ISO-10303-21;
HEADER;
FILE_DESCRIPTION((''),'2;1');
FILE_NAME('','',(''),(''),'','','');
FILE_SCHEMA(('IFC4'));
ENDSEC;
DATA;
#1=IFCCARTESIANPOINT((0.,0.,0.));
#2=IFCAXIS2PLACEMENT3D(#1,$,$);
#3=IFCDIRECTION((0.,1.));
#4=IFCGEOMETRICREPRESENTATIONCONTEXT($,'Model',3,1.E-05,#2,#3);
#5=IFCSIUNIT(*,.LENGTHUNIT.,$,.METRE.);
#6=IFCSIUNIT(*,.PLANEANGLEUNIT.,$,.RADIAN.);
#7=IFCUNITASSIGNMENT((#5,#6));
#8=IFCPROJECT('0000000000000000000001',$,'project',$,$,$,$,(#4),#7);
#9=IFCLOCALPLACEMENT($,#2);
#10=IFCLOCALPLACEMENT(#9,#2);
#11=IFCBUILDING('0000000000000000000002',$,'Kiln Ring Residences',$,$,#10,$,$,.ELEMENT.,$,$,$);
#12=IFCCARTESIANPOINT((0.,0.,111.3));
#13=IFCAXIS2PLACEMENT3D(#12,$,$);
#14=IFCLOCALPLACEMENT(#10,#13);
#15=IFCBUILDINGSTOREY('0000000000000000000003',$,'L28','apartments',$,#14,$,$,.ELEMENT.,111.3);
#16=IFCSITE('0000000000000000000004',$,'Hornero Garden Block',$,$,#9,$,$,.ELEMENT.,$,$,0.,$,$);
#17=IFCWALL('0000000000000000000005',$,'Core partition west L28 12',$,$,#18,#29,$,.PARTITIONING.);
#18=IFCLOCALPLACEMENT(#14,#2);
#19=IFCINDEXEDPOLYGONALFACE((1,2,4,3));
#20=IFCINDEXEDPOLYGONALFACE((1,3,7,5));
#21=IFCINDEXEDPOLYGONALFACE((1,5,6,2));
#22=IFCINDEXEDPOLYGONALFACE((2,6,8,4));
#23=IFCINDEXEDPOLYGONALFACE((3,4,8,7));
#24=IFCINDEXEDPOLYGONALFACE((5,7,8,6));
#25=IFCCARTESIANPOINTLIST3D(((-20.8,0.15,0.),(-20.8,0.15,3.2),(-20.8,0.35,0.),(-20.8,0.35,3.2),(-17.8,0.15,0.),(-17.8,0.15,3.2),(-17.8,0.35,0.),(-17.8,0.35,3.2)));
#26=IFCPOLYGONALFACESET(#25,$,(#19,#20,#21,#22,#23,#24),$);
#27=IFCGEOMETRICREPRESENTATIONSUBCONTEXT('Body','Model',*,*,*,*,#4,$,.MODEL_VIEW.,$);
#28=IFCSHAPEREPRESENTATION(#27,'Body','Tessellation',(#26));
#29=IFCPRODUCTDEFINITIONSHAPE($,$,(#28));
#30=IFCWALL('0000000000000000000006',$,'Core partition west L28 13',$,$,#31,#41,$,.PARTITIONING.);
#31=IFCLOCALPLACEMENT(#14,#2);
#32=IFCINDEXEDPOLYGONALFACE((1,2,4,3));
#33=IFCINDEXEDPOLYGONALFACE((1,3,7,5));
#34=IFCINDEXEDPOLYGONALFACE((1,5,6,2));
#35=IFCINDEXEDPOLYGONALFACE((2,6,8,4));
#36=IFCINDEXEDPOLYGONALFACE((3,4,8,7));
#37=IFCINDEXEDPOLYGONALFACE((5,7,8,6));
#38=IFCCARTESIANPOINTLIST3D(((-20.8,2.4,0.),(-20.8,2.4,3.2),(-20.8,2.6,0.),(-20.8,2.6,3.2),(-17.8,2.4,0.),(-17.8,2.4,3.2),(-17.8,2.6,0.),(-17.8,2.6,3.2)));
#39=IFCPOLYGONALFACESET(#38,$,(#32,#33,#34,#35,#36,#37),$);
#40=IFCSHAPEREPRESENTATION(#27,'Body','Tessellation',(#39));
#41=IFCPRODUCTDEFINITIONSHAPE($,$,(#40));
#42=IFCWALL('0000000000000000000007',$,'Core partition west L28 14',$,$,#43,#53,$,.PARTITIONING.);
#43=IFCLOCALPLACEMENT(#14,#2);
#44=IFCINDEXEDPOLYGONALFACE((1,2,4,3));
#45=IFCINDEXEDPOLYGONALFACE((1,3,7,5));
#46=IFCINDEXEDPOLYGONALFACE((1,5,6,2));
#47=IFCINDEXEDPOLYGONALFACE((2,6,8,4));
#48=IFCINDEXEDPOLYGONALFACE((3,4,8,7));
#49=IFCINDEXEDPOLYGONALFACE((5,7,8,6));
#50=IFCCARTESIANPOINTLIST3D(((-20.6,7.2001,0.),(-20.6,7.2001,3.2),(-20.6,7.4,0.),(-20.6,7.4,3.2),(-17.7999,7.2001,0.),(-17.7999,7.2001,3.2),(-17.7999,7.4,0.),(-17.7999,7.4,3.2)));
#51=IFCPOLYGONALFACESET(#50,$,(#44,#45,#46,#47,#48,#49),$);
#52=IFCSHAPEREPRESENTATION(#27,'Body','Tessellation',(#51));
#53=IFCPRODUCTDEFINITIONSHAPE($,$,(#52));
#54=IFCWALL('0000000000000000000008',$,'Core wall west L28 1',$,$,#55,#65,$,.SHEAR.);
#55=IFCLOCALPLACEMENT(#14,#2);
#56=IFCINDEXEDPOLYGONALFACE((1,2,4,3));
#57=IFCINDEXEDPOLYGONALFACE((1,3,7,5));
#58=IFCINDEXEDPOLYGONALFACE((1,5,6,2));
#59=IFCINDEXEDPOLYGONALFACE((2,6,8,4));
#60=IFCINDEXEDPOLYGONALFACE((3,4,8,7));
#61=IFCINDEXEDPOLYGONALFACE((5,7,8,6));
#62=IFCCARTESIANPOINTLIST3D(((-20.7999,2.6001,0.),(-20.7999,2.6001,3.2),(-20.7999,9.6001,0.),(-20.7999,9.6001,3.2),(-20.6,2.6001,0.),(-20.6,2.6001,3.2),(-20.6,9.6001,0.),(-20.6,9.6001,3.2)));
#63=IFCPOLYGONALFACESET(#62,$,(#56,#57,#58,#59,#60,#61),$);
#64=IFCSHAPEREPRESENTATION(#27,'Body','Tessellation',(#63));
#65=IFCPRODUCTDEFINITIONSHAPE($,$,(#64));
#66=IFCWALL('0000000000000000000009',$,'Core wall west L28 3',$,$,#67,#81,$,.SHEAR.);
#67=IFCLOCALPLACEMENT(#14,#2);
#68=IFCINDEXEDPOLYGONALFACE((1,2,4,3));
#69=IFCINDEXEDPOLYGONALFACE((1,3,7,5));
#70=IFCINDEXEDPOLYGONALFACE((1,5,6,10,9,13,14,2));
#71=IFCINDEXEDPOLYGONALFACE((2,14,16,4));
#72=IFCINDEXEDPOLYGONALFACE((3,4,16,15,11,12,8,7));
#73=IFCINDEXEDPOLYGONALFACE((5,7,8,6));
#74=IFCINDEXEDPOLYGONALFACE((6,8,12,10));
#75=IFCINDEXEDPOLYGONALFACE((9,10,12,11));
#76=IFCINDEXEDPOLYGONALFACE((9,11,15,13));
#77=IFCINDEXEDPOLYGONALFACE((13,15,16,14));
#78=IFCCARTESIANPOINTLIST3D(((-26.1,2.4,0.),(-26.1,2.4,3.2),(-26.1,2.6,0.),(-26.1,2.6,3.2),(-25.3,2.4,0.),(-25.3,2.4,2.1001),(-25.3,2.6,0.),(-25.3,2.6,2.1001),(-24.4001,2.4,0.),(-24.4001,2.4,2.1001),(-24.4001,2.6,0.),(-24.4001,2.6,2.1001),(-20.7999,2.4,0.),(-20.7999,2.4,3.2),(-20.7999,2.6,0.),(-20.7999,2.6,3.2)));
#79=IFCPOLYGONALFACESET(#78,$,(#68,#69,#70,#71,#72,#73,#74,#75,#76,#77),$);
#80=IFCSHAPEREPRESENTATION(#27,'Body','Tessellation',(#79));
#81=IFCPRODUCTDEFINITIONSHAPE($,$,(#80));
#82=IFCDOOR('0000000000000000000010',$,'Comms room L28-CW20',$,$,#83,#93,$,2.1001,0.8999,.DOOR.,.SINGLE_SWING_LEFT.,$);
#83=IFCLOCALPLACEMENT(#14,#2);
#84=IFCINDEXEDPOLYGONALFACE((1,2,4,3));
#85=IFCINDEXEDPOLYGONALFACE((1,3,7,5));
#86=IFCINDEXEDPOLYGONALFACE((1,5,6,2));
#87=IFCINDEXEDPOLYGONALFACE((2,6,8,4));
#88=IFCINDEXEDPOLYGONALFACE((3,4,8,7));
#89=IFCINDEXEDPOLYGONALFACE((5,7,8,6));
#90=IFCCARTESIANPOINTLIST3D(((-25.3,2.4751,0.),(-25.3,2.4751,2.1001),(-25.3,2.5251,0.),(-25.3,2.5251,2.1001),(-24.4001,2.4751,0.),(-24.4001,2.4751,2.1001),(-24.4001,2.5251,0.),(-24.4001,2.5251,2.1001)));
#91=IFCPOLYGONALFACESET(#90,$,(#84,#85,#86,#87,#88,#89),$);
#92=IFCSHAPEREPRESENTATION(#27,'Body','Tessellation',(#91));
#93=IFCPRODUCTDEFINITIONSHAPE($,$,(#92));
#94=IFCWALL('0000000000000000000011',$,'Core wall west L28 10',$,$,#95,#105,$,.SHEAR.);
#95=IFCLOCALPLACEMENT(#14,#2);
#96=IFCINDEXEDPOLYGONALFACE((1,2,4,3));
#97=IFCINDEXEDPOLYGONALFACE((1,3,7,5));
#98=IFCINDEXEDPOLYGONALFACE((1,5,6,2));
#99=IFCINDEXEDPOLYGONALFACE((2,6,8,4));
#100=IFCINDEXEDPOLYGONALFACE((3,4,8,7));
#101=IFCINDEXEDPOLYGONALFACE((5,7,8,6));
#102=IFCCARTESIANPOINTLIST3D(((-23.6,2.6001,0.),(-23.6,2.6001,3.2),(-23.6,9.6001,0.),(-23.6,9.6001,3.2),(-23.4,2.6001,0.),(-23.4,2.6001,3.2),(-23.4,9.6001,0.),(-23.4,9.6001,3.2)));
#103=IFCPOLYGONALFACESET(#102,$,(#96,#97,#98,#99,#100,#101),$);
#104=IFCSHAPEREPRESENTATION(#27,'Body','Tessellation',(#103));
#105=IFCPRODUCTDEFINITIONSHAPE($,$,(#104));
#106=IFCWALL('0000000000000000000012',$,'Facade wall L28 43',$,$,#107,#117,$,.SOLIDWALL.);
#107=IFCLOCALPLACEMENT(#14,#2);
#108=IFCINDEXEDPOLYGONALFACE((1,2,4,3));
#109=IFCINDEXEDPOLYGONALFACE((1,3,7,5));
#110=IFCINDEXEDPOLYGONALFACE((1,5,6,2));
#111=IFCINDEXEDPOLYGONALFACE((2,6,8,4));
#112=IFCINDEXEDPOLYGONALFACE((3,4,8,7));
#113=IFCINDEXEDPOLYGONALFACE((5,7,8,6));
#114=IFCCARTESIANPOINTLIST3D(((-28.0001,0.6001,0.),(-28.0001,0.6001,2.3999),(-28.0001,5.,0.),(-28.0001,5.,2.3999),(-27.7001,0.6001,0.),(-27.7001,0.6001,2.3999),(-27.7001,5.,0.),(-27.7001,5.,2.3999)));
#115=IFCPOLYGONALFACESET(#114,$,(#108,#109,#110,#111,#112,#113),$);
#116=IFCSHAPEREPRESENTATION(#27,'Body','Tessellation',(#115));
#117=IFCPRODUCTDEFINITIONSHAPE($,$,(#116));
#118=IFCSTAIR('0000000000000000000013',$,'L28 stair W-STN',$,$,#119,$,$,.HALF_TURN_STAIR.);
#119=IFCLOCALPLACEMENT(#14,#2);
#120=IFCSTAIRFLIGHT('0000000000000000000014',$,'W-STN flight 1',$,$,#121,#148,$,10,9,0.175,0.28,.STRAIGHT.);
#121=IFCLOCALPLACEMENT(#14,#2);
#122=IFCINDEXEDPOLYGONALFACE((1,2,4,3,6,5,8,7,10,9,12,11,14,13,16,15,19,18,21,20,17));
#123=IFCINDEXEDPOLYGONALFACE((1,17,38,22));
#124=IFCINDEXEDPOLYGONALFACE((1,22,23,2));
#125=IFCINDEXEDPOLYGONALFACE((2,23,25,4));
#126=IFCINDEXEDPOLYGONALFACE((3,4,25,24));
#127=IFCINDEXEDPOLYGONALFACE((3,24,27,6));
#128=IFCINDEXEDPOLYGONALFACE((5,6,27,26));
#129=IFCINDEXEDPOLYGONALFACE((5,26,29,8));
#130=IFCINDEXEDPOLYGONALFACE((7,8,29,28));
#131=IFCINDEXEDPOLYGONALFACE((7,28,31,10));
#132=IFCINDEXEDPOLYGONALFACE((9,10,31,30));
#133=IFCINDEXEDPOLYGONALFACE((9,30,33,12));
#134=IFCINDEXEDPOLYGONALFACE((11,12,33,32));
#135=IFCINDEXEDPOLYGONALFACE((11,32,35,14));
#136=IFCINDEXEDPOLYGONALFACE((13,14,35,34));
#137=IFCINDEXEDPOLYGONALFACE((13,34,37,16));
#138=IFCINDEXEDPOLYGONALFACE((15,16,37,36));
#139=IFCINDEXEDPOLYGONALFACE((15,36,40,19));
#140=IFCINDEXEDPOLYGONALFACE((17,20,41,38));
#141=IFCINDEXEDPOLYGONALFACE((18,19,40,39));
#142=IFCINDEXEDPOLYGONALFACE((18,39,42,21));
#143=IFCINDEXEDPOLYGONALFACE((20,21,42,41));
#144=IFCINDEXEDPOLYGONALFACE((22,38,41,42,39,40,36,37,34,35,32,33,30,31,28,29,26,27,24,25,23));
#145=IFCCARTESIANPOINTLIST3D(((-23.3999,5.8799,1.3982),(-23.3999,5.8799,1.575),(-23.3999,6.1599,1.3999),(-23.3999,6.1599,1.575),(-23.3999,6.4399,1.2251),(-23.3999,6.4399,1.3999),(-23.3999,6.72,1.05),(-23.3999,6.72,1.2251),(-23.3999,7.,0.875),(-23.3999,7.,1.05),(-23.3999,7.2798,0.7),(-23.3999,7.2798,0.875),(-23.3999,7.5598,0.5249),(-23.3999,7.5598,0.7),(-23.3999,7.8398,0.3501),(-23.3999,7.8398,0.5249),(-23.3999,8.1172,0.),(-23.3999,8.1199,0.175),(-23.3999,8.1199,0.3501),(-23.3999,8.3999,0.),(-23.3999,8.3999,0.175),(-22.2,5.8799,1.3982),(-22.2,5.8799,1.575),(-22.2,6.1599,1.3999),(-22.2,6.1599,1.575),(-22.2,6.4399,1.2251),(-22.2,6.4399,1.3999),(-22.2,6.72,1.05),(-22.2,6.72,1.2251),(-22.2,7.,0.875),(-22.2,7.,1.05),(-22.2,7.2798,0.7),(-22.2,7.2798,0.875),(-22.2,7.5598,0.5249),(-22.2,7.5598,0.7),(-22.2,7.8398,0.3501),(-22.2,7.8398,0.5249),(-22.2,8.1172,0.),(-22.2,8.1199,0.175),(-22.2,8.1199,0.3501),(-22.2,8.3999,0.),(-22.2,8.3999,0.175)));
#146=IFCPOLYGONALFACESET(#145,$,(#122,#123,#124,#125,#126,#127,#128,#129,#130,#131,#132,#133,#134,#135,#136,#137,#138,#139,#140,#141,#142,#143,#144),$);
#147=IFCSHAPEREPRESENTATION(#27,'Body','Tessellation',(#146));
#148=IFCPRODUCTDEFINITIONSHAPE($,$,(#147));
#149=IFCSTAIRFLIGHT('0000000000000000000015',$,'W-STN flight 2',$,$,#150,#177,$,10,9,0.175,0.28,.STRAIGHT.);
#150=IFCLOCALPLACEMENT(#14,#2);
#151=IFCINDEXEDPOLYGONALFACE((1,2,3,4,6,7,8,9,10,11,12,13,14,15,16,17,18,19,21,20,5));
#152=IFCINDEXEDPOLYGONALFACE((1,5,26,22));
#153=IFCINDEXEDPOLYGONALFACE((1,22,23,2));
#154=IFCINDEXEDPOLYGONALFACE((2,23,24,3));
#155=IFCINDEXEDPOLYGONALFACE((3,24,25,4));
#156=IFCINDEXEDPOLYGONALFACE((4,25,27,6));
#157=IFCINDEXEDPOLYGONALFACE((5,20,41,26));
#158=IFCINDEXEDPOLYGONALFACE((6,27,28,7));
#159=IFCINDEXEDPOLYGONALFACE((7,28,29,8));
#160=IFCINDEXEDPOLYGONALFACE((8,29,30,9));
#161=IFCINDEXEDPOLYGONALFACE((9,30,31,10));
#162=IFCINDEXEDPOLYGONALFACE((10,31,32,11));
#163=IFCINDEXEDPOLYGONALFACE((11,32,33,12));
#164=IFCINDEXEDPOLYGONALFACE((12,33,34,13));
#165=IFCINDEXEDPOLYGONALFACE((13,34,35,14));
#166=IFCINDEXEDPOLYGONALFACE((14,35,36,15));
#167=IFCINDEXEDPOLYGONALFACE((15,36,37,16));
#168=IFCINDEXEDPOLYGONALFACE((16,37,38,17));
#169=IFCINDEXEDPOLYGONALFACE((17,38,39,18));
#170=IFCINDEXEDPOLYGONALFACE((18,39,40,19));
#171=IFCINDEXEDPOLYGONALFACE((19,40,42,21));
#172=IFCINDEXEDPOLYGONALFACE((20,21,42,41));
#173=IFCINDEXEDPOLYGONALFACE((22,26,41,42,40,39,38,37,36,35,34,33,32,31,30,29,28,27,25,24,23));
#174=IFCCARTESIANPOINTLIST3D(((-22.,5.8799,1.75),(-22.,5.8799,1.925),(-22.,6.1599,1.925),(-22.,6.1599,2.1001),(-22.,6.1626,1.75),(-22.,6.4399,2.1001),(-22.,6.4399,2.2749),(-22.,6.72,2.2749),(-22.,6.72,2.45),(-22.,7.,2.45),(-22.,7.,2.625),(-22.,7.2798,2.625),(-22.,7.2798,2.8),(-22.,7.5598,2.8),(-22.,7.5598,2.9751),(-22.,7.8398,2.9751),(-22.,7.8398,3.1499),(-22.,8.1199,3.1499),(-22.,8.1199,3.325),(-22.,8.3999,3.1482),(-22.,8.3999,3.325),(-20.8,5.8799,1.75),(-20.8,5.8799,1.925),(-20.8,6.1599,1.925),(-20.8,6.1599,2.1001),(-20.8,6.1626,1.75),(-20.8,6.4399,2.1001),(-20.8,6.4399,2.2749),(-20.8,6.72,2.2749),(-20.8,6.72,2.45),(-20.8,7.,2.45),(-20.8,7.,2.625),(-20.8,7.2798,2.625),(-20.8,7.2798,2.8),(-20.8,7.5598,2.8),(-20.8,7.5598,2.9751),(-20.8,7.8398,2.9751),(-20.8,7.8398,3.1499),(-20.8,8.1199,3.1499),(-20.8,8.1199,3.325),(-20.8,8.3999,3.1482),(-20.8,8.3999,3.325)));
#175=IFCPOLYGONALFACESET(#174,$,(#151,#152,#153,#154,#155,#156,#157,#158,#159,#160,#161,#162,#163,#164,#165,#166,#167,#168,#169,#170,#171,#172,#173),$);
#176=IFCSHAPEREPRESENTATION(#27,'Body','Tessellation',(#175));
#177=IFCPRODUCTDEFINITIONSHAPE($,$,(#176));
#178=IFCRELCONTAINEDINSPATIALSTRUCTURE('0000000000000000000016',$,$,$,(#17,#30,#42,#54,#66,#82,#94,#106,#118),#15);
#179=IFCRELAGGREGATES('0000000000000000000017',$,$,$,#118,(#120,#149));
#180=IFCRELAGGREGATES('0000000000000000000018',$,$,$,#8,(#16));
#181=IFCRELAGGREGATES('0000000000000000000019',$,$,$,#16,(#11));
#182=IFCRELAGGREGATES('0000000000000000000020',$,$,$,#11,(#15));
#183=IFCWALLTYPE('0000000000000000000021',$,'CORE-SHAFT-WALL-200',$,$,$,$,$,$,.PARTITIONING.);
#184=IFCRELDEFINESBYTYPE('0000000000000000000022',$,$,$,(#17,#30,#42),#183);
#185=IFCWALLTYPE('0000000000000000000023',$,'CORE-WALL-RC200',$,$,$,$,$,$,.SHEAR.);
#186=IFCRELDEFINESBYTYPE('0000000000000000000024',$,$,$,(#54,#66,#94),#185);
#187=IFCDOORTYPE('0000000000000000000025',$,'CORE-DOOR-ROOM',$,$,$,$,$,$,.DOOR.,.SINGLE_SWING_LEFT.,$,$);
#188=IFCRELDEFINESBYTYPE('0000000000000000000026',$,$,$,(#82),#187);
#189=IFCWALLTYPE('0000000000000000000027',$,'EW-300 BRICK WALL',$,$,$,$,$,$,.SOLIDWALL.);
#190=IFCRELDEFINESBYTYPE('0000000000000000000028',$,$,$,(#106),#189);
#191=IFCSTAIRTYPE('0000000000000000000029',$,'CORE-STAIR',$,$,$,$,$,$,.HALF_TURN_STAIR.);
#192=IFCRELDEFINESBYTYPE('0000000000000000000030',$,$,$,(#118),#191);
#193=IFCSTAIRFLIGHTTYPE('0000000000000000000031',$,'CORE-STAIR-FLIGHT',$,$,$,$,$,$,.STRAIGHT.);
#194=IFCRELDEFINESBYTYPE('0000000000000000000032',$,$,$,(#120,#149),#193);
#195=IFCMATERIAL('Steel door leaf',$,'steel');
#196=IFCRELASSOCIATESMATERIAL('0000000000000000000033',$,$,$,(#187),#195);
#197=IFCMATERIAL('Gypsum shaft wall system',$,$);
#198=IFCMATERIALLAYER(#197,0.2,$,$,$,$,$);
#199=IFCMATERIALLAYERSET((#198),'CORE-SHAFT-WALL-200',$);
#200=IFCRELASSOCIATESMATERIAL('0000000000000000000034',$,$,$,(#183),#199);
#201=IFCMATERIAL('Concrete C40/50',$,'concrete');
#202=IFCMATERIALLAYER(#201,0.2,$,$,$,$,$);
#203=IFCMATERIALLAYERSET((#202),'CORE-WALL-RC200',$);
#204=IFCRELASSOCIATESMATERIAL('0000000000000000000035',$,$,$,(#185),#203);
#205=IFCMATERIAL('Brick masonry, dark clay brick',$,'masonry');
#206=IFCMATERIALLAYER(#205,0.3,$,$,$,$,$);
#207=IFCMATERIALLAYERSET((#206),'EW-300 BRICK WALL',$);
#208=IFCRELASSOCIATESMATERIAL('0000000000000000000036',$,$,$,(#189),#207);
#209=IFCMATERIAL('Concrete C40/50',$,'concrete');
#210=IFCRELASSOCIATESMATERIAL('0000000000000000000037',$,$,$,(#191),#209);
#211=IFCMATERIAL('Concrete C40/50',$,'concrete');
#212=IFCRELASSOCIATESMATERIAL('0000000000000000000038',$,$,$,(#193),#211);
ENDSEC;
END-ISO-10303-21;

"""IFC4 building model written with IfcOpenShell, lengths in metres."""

from ifc_helpers import new_model, si_unit, direction, frame, frame_2d, origin, place, context, subcontext, project, spatial, polyline, rectangle, outline, extrude, material, layer, layer_set, type_object, element, fill, aggregate, save


model = new_model("IFC4")

# Units and contexts
model_context = context("Model", 3, precision=1e-05, world=origin(), true_north=direction((0.0, 1.0)))
body_context = subcontext(model_context, "Body", "Model", "MODEL_VIEW")
ifc_project = project(units=[si_unit("LENGTHUNIT", "METRE"), si_unit("PLANEANGLEUNIT", "RADIAN")], contexts=[model_context])

# Site, building, storey
site_placement = place(None, origin())
site = spatial("IfcSite", under=ifc_project, at=site_placement, Name="Hornero Garden Block", CompositionType="ELEMENT", RefElevation=0.0)
building_placement = place(site_placement, origin())
building = spatial("IfcBuilding", under=site, at=building_placement, Name="Kiln Ring Residences", CompositionType="ELEMENT")
storey_placement = place(building_placement, frame((0.0, 0.0, 111.3)))
storey = spatial("IfcBuildingStorey", under=building, at=storey_placement, Name="L28", Description="apartments", CompositionType="ELEMENT", Elevation=111.3)

# Shared definitions
ifc_material_1 = material(Name="Steel door leaf", Category="steel")
door_type = type_object("IfcDoorType", Name="CORE-DOOR-ROOM", OperationType="SINGLE_SWING_LEFT", PredefinedType="DOOR", material=ifc_material_1)

# Walls
ifc_material_2 = material(Name="Gypsum shaft wall system")
ifc_layer_1 = layer(ifc_material_2, 0.2)
ifc_layer_set_1 = layer_set([ifc_layer_1], Name="CORE-SHAFT-WALL-200")
wall_type_1 = type_object("IfcWallType", Name="CORE-SHAFT-WALL-200", PredefinedType="PARTITIONING", material=ifc_layer_set_1)
for number, where, z_axis, x_axis, name in (
    (1, (-17.8, 0.25, 0.0), (0.0, 0.0, 1.0), (-1.0, 0.0, 0.0), "Core partition west L28 12"),
    (2, (-17.8, 2.5, 0.0), (0.0, 0.0, 1.0), (-1.0, 0.0, 0.0), "Core partition west L28 13"),
):
    element("IfcWall", number, at=place(storey_placement, frame(where, z_axis=z_axis, x_axis=x_axis)), inside=storey, type_object=wall_type_1, Name=name, PredefinedType="PARTITIONING", context=body_context, shape_type="SweptSolid", body=[
        extrude(rectangle(XDim=3.0, YDim=0.2, at=frame_2d((1.5, 0.0))), origin(), (0.0, 0.0, 1.0), 3.2),
    ])
wall_1_placement = place(storey_placement, frame((-17.8, 7.3, 0.0), z_axis=(0.0, 0.0, 1.0), x_axis=(-1.0, 0.0, 0.0)))
element("IfcWall", 3, at=wall_1_placement, inside=storey, type_object=wall_type_1, Name="Core partition west L28 14", PredefinedType="PARTITIONING", context=body_context, shape_type="SweptSolid", body=[
    extrude(rectangle(XDim=2.8, YDim=0.2, at=frame_2d((1.3999, 0.0))), origin(), (0.0, 0.0, 1.0), 3.2),
])
ifc_material_3 = material(Name="Concrete C40/50", Category="concrete")
ifc_layer_2 = layer(ifc_material_3, 0.2)
ifc_layer_set_2 = layer_set([ifc_layer_2], Name="CORE-WALL-RC200")
wall_type_2 = type_object("IfcWallType", Name="CORE-WALL-RC200", PredefinedType="SHEAR", material=ifc_layer_set_2)
wall_2_placement = place(storey_placement, frame((-20.7, 2.6001, 0.0), z_axis=(0.0, 0.0, 1.0), x_axis=(0.0, 1.0, 0.0)))
element("IfcWall", 4, at=wall_2_placement, inside=storey, type_object=wall_type_2, Name="Core wall west L28 1", PredefinedType="SHEAR", context=body_context, shape_type="SweptSolid", body=[
    extrude(rectangle(XDim=7.0, YDim=0.2, at=frame_2d((3.5, 0.0))), origin(), (0.0, 0.0, 1.0), 3.2),
])

# Wall, opening, door
wall_3_placement = place(storey_placement, frame((-20.8, 2.5, 0.0), z_axis=(0.0, 0.0, 1.0), x_axis=(-1.0, 0.0, 0.0)))
wall_3 = element("IfcWall", 5, at=wall_3_placement, inside=storey, type_object=wall_type_2, Name="Core wall west L28 3", PredefinedType="SHEAR", context=body_context, shape_type="SweptSolid", body=[
    extrude(rectangle(XDim=5.3, YDim=0.2, at=frame_2d((2.6499, 0.0))), origin(), (0.0, 0.0, 1.0), 3.2),
])
opening_1_placement = place(wall_3_placement, frame((3.6001, 0.0, 0.0)))
opening_1 = element("IfcOpeningElement", 6, at=opening_1_placement, cuts=wall_3, PredefinedType="OPENING", context=body_context, shape_type="SweptSolid", body=[
    extrude(rectangle(XDim=0.8999, YDim=2.1001, at=frame_2d((0.45, 1.05))), frame((0.0, 0.1099, 0.0), z_axis=(0.0, -1.0, 0.0), x_axis=(1.0, 0.0, 0.0)), (0.0, 0.0, 1.0), 0.22),
])
door_1_placement = place(opening_1_placement, origin())
door_1 = element("IfcDoor", 7, at=door_1_placement, inside=storey, type_object=door_type, Name="Comms room L28-CW20", OperationType="SINGLE_SWING_LEFT", OverallHeight=2.1001, OverallWidth=0.8999, PredefinedType="DOOR", context=body_context, shape_type="SweptSolid", body=[
    extrude(rectangle(XDim=0.8999, YDim=2.1001, at=frame_2d((0.45, 1.05))), frame((0.0, 0.0249, 0.0), z_axis=(0.0, -1.0, 0.0), x_axis=(1.0, 0.0, 0.0)), (0.0, 0.0, 1.0), 0.05),
])
fill(opening_1, door_1)

# Walls
wall_4_placement = place(storey_placement, frame((-23.5, 2.6001, 0.0), z_axis=(0.0, 0.0, 1.0), x_axis=(0.0, 1.0, 0.0)))
element("IfcWall", 8, at=wall_4_placement, inside=storey, type_object=wall_type_2, Name="Core wall west L28 10", PredefinedType="SHEAR", context=body_context, shape_type="SweptSolid", body=[
    extrude(rectangle(XDim=7.0, YDim=0.2, at=frame_2d((3.5, 0.0))), origin(), (0.0, 0.0, 1.0), 3.2),
])
ifc_material_4 = material(Name="Brick masonry, dark clay brick", Category="masonry")
ifc_layer_3 = layer(ifc_material_4, 0.3)
ifc_layer_set_3 = layer_set([ifc_layer_3], Name="EW-300 BRICK WALL")
wall_type_3 = type_object("IfcWallType", Name="EW-300 BRICK WALL", PredefinedType="SOLIDWALL", material=ifc_layer_set_3)
wall_5_placement = place(storey_placement, frame((-27.8501, 5.0, 0.0), z_axis=(0.0, 0.0, 1.0), x_axis=(0.0, -1.0, 0.0)))
element("IfcWall", 9, at=wall_5_placement, inside=storey, type_object=wall_type_3, Name="Facade wall L28 43", PredefinedType="SOLIDWALL", context=body_context, shape_type="SweptSolid", body=[
    extrude(rectangle(XDim=4.3999, YDim=0.3, at=frame_2d((2.2, 0.0))), origin(), (0.0, 0.0, 1.0), 2.3999),
])

# Stair, stair flights
ifc_material_5 = material(Name="Concrete C40/50", Category="concrete")
stair_type = type_object("IfcStairType", Name="CORE-STAIR", PredefinedType="HALF_TURN_STAIR", material=ifc_material_5)
stair_placement = place(storey_placement, origin())
stair = element("IfcStair", 10, at=stair_placement, inside=storey, type_object=stair_type, Name="L28 stair W-STN", PredefinedType="HALF_TURN_STAIR")
ifc_material_6 = material(Name="Concrete C40/50", Category="concrete")
stair_flight_type = type_object("IfcStairFlightType", Name="CORE-STAIR-FLIGHT", PredefinedType="STRAIGHT", material=ifc_material_6)
stair_flight_1_placement = place(storey_placement, frame((-22.8, 8.3999, 0.0), z_axis=(0.0, 0.0, 1.0), x_axis=(0.0, -1.0, 0.0)))
stair_flight_1 = element("IfcStairFlight", 11, at=stair_flight_1_placement, type_object=stair_flight_type, Name="W-STN flight 1", NumberOfRisers=10, NumberOfTreads=9, PredefinedType="STRAIGHT", RiserHeight=0.175, TreadLength=0.28, context=body_context, shape_type="SweptSolid", body=[
    extrude(outline(polyline([(0.0, 0.0), (0.0, 0.175), (0.28, 0.175), (0.28, 0.3501), (0.5601, 0.3501), (0.5601, 0.5249), (0.8401, 0.5249), (0.8401, 0.7), (1.1201, 0.7), (1.1201, 0.875), (1.3999, 0.875), (1.3999, 1.05), (1.6799, 1.05), (1.6799, 1.2251), (1.96, 1.2251), (1.96, 1.3999), (2.24, 1.3999), (2.24, 1.575), (2.52, 1.575), (2.52, 1.75), (2.52, 1.3982), (0.2827, 0.0), (0.0, 0.0)])), frame((0.0, 0.6001, 0.0), z_axis=(0.0, -1.0, 0.0), x_axis=(1.0, 0.0, 0.0)), (0.0, 0.0, 1.0), 1.2),
])
stair_flight_2_placement = place(storey_placement, frame((-21.3999, 5.8799, 1.75), z_axis=(0.0, 0.0, 1.0), x_axis=(0.0, 1.0, 0.0)))
stair_flight_2 = element("IfcStairFlight", 12, at=stair_flight_2_placement, type_object=stair_flight_type, Name="W-STN flight 2", NumberOfRisers=10, NumberOfTreads=9, PredefinedType="STRAIGHT", RiserHeight=0.175, TreadLength=0.28, context=body_context, shape_type="SweptSolid", body=[
    extrude(outline(polyline([(0.0, 0.0), (0.0, 0.175), (0.28, 0.175), (0.28, 0.3501), (0.5601, 0.3501), (0.5601, 0.5249), (0.8401, 0.5249), (0.8401, 0.7), (1.1201, 0.7), (1.1201, 0.875), (1.3999, 0.875), (1.3999, 1.05), (1.6799, 1.05), (1.6799, 1.2251), (1.96, 1.2251), (1.96, 1.3999), (2.24, 1.3999), (2.24, 1.575), (2.52, 1.575), (2.52, 1.75), (2.52, 1.3982), (0.2827, 0.0), (0.0, 0.0)])), frame((0.0, 0.6001, 0.0), z_axis=(0.0, -1.0, 0.0), x_axis=(1.0, 0.0, 0.0)), (0.0, 0.0, 1.0), 1.2),
])
aggregate(stair, [stair_flight_1, stair_flight_2])

save(model, "model.ifc")
